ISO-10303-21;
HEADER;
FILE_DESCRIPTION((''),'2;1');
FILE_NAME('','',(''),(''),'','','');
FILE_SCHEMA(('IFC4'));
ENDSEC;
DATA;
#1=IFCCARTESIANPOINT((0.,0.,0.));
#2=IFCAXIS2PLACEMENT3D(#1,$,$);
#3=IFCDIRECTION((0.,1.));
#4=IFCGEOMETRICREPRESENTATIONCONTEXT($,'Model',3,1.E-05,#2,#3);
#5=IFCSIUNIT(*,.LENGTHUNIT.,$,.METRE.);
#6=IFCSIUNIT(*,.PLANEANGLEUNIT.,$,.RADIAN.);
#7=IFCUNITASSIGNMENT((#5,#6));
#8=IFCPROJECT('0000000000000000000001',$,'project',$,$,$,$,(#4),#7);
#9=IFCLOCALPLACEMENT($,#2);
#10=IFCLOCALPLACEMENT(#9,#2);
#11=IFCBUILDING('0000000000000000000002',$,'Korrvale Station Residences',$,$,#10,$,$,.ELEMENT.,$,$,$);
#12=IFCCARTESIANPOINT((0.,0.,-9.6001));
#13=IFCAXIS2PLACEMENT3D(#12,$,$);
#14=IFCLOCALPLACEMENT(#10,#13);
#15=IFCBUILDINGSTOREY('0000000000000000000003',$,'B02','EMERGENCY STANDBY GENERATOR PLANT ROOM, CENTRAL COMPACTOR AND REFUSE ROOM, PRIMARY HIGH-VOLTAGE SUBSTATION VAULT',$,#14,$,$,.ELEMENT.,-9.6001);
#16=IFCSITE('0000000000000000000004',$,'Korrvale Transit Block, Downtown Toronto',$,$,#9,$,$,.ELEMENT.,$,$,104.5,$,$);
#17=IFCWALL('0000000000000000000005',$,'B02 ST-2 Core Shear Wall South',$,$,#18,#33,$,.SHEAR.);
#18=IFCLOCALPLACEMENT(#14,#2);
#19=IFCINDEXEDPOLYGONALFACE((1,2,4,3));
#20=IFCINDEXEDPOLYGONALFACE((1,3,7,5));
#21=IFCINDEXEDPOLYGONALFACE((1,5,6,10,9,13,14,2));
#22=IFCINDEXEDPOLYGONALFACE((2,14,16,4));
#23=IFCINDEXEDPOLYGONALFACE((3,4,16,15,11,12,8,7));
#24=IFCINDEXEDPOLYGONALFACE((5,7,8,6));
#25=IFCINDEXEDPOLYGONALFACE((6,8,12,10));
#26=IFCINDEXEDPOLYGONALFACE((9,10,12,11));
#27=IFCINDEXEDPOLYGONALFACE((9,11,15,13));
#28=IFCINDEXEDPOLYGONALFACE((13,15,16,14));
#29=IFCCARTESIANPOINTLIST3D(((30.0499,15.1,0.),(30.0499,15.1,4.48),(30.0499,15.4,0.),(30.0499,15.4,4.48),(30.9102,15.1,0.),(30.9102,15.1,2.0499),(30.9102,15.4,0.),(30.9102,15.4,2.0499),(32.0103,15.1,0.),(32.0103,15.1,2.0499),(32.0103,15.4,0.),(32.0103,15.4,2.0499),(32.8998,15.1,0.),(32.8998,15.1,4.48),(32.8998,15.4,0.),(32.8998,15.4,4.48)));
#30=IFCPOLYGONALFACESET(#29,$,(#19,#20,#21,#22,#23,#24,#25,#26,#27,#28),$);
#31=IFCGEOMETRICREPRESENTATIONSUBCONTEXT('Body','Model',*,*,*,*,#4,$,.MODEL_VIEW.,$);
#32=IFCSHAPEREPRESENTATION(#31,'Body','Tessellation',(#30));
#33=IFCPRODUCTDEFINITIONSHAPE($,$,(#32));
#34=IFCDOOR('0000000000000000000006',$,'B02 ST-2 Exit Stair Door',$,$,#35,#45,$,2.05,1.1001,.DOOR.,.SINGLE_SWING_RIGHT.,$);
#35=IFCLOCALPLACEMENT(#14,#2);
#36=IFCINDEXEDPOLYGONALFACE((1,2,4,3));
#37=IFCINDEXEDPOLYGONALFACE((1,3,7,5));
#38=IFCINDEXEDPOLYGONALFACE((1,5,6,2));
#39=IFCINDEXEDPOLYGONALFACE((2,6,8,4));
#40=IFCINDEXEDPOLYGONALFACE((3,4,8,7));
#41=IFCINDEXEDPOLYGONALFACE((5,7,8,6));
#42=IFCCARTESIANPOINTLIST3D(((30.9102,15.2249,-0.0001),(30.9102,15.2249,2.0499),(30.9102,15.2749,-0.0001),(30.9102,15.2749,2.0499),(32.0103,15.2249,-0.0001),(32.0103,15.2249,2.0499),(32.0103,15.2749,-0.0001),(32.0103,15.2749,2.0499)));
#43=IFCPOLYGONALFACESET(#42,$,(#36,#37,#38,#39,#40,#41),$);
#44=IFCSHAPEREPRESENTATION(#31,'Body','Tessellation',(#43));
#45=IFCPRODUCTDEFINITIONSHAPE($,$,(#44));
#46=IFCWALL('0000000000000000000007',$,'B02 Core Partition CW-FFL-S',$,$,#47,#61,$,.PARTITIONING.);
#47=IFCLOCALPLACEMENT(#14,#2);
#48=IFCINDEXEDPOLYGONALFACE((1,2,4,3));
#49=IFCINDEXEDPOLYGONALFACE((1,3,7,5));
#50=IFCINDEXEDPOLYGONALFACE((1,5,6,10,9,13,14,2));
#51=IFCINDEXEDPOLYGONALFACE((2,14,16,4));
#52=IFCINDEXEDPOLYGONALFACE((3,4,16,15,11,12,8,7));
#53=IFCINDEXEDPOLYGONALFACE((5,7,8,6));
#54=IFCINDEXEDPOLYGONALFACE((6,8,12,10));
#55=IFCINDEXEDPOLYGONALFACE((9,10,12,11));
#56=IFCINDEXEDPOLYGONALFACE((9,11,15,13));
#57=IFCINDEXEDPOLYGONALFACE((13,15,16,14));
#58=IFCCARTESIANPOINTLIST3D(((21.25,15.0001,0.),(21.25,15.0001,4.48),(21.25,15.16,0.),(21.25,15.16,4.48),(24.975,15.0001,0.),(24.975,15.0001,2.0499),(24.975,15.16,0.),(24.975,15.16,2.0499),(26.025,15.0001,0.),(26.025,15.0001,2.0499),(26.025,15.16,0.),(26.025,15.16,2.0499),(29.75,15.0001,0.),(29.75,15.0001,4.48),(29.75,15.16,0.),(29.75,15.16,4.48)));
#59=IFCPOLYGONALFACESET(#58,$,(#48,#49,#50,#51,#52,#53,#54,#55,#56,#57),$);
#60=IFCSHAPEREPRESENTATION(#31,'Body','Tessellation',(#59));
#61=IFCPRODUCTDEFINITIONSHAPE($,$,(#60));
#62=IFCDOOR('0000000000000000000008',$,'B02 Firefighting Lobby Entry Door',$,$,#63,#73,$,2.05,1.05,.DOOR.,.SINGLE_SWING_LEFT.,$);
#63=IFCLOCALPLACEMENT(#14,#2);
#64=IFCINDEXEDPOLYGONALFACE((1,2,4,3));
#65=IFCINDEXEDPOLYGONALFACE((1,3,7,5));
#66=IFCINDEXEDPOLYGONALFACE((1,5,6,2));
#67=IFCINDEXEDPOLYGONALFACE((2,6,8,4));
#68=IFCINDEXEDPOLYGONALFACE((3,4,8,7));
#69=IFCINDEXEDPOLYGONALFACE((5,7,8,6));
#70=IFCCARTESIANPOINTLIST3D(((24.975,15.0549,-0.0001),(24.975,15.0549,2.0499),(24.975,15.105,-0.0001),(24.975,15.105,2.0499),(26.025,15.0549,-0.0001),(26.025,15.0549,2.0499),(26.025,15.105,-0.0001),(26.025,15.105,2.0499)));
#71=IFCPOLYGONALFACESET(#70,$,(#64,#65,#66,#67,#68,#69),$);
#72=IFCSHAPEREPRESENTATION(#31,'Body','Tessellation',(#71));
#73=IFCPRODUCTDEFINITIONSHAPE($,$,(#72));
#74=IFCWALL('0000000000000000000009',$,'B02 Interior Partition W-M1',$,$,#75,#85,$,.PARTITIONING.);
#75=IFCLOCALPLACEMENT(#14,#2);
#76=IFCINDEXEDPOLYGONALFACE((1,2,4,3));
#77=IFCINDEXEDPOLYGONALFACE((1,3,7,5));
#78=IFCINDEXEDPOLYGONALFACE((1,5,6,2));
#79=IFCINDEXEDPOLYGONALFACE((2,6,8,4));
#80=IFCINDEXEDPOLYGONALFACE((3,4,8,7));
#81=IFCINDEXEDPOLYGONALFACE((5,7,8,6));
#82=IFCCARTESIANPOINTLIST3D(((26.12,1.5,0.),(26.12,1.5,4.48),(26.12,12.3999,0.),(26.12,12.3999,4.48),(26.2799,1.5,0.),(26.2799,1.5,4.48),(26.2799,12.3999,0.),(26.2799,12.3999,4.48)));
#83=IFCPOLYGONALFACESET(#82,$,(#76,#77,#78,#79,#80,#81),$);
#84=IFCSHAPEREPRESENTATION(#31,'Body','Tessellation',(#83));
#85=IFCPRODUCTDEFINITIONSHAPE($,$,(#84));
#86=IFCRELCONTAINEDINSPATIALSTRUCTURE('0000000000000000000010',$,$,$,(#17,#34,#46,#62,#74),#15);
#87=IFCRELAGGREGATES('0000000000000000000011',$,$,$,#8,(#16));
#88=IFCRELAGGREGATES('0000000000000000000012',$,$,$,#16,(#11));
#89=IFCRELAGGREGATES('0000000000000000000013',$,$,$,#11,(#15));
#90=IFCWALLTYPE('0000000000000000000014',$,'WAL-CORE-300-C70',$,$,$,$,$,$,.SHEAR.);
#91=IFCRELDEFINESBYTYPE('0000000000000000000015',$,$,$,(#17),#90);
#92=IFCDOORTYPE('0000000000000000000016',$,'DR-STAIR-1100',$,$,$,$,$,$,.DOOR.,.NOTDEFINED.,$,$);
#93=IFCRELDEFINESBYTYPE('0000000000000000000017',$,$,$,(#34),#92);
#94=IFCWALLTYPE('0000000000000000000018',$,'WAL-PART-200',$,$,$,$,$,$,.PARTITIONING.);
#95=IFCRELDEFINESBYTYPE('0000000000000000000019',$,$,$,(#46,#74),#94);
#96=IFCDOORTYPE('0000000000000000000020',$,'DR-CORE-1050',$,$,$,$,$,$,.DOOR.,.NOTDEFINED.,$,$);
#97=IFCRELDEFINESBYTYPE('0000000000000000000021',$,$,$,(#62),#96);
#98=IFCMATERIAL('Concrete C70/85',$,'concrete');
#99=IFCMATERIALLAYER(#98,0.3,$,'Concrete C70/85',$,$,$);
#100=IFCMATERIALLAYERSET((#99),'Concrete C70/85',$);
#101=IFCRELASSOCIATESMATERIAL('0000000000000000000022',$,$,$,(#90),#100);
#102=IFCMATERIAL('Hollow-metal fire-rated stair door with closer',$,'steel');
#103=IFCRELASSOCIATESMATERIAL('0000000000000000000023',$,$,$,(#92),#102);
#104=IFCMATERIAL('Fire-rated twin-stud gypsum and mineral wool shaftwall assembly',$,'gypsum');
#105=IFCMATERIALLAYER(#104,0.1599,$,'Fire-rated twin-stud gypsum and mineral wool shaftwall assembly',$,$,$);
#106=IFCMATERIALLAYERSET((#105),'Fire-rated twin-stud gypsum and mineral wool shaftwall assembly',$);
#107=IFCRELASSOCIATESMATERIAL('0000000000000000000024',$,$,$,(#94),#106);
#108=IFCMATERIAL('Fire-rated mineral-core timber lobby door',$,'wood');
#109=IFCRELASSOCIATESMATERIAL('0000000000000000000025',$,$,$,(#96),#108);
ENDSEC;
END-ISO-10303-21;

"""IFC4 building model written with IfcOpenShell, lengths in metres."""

from ifc_helpers import new_model, si_unit, direction, frame, frame_2d, origin, place, context, subcontext, project, spatial, rectangle, extrude, material, layer, layer_set, type_object, element, fill, save


model = new_model("IFC4")

# Units and contexts
model_context = context("Model", 3, precision=1e-05, world=origin(), true_north=direction((0.0, 1.0)))
body_context = subcontext(model_context, "Body", "Model", "MODEL_VIEW")
ifc_project = project(units=[si_unit("LENGTHUNIT", "METRE"), si_unit("PLANEANGLEUNIT", "RADIAN")], contexts=[model_context])

# Site, building, storey
site_placement = place(None, origin())
site = spatial("IfcSite", under=ifc_project, at=site_placement, Name="Korrvale Transit Block, Downtown Toronto", CompositionType="ELEMENT", RefElevation=104.5)
building_placement = place(site_placement, origin())
building = spatial("IfcBuilding", under=site, at=building_placement, Name="Korrvale Station Residences", CompositionType="ELEMENT")
storey_placement = place(building_placement, frame((0.0, 0.0, -9.6001)))
storey = spatial("IfcBuildingStorey", under=building, at=storey_placement, Name="B02", Description="EMERGENCY STANDBY GENERATOR PLANT ROOM, CENTRAL COMPACTOR AND REFUSE ROOM, PRIMARY HIGH-VOLTAGE SUBSTATION VAULT", CompositionType="ELEMENT", Elevation=-9.6001)

# Shared definitions
ifc_material_1 = material(Name="Concrete C70/85", Category="concrete")

# Shared definitions
ifc_layer_1 = layer(ifc_material_1, 0.3, Name="Concrete C70/85")
ifc_layer_set_1 = layer_set([ifc_layer_1], Name="Concrete C70/85")
wall_type_1 = type_object("IfcWallType", Name="WAL-CORE-300-C70", PredefinedType="SHEAR", material=ifc_layer_set_1)

# Walls, openings, doors
wall_1_placement = place(storey_placement, frame((30.05, 15.25, 0.0), z_axis=(0.0, 0.0, 1.0), x_axis=(1.0, 0.0, 0.0)))
wall_1 = element("IfcWall", 1, at=wall_1_placement, inside=storey, type_object=wall_type_1, Name="B02 ST-2 Core Shear Wall South", PredefinedType="SHEAR", context=body_context, shape_type="SweptSolid", body=[
    extrude(rectangle(XDim=2.8499, YDim=0.3, at=frame_2d((1.4248, 0.0))), origin(), (0.0, 0.0, 1.0), 4.48),
])
opening_1_placement = place(wall_1_placement, frame((0.8601, 0.0, 0.0)))
opening_1 = element("IfcOpeningElement", 2, at=opening_1_placement, cuts=wall_1, PredefinedType="OPENING", context=body_context, shape_type="SweptSolid", body=[
    extrude(rectangle(XDim=1.1001, YDim=2.05, at=frame_2d((0.55, 1.0249))), frame((0.0, 0.1602, 0.0), z_axis=(0.0, -1.0, 0.0), x_axis=(1.0, 0.0, 0.0)), (0.0, 0.0, 1.0), 0.3201),
])
ifc_material_2 = material(Name="Hollow-metal fire-rated stair door with closer", Category="steel")
door_type_1 = type_object("IfcDoorType", Name="DR-STAIR-1100", OperationType="NOTDEFINED", PredefinedType="DOOR", material=ifc_material_2)
door_1_placement = place(opening_1_placement, origin())
door_1 = element("IfcDoor", 3, at=door_1_placement, inside=storey, type_object=door_type_1, Name="B02 ST-2 Exit Stair Door", OperationType="SINGLE_SWING_RIGHT", OverallHeight=2.05, OverallWidth=1.1001, PredefinedType="DOOR", context=body_context, shape_type="SweptSolid", body=[
    extrude(rectangle(XDim=1.1001, YDim=2.05, at=frame_2d((0.55, 1.0249))), frame((0.0, 0.0249, 0.0), z_axis=(0.0, -1.0, 0.0), x_axis=(1.0, 0.0, 0.0)), (0.0, 0.0, 1.0), 0.05),
])
fill(opening_1, door_1)
ifc_material_3 = material(Name="Fire-rated twin-stud gypsum and mineral wool shaftwall assembly", Category="gypsum")
ifc_layer_2 = layer(ifc_material_3, 0.1599, Name="Fire-rated twin-stud gypsum and mineral wool shaftwall assembly")
ifc_layer_set_2 = layer_set([ifc_layer_2], Name="Fire-rated twin-stud gypsum and mineral wool shaftwall assembly")
wall_type_2 = type_object("IfcWallType", Name="WAL-PART-200", PredefinedType="PARTITIONING", material=ifc_layer_set_2)
wall_2_placement = place(storey_placement, frame((21.25, 15.0801, 0.0), z_axis=(0.0, 0.0, 1.0), x_axis=(1.0, 0.0, 0.0)))
wall_2 = element("IfcWall", 4, at=wall_2_placement, inside=storey, type_object=wall_type_2, Name="B02 Core Partition CW-FFL-S", PredefinedType="PARTITIONING", context=body_context, shape_type="SweptSolid", body=[
    extrude(rectangle(XDim=8.5, YDim=0.1599, at=frame_2d((4.25, 0.0))), origin(), (0.0, 0.0, 1.0), 4.48),
])
opening_2_placement = place(wall_2_placement, frame((3.7251, 0.0, 0.0)))
opening_2 = element("IfcOpeningElement", 5, at=opening_2_placement, cuts=wall_2, PredefinedType="OPENING", context=body_context, shape_type="SweptSolid", body=[
    extrude(rectangle(XDim=1.05, YDim=2.05, at=frame_2d((0.5249, 1.0249))), frame((0.0, 0.0898, 0.0), z_axis=(0.0, -1.0, 0.0), x_axis=(1.0, 0.0, 0.0)), (0.0, 0.0, 1.0), 0.1799),
])
ifc_material_4 = material(Name="Fire-rated mineral-core timber lobby door", Category="wood")
door_type_2 = type_object("IfcDoorType", Name="DR-CORE-1050", OperationType="NOTDEFINED", PredefinedType="DOOR", material=ifc_material_4)
door_2_placement = place(opening_2_placement, origin())
door_2 = element("IfcDoor", 6, at=door_2_placement, inside=storey, type_object=door_type_2, Name="B02 Firefighting Lobby Entry Door", OperationType="SINGLE_SWING_LEFT", OverallHeight=2.05, OverallWidth=1.05, PredefinedType="DOOR", context=body_context, shape_type="SweptSolid", body=[
    extrude(rectangle(XDim=1.05, YDim=2.05, at=frame_2d((0.5249, 1.0249))), frame((0.0, 0.0249, 0.0), z_axis=(0.0, -1.0, 0.0), x_axis=(1.0, 0.0, 0.0)), (0.0, 0.0, 1.0), 0.05),
])
fill(opening_2, door_2)

# Wall
wall_3_placement = place(storey_placement, frame((26.2, 1.5, 0.0), z_axis=(0.0, 0.0, 1.0), x_axis=(0.0, 1.0, 0.0)))
element("IfcWall", 7, at=wall_3_placement, inside=storey, type_object=wall_type_2, Name="B02 Interior Partition W-M1", PredefinedType="PARTITIONING", context=body_context, shape_type="SweptSolid", body=[
    extrude(rectangle(XDim=10.8999, YDim=0.1599, at=frame_2d((5.45, 0.0))), origin(), (0.0, 0.0, 1.0), 4.48),
])

save(model, "model.ifc")
